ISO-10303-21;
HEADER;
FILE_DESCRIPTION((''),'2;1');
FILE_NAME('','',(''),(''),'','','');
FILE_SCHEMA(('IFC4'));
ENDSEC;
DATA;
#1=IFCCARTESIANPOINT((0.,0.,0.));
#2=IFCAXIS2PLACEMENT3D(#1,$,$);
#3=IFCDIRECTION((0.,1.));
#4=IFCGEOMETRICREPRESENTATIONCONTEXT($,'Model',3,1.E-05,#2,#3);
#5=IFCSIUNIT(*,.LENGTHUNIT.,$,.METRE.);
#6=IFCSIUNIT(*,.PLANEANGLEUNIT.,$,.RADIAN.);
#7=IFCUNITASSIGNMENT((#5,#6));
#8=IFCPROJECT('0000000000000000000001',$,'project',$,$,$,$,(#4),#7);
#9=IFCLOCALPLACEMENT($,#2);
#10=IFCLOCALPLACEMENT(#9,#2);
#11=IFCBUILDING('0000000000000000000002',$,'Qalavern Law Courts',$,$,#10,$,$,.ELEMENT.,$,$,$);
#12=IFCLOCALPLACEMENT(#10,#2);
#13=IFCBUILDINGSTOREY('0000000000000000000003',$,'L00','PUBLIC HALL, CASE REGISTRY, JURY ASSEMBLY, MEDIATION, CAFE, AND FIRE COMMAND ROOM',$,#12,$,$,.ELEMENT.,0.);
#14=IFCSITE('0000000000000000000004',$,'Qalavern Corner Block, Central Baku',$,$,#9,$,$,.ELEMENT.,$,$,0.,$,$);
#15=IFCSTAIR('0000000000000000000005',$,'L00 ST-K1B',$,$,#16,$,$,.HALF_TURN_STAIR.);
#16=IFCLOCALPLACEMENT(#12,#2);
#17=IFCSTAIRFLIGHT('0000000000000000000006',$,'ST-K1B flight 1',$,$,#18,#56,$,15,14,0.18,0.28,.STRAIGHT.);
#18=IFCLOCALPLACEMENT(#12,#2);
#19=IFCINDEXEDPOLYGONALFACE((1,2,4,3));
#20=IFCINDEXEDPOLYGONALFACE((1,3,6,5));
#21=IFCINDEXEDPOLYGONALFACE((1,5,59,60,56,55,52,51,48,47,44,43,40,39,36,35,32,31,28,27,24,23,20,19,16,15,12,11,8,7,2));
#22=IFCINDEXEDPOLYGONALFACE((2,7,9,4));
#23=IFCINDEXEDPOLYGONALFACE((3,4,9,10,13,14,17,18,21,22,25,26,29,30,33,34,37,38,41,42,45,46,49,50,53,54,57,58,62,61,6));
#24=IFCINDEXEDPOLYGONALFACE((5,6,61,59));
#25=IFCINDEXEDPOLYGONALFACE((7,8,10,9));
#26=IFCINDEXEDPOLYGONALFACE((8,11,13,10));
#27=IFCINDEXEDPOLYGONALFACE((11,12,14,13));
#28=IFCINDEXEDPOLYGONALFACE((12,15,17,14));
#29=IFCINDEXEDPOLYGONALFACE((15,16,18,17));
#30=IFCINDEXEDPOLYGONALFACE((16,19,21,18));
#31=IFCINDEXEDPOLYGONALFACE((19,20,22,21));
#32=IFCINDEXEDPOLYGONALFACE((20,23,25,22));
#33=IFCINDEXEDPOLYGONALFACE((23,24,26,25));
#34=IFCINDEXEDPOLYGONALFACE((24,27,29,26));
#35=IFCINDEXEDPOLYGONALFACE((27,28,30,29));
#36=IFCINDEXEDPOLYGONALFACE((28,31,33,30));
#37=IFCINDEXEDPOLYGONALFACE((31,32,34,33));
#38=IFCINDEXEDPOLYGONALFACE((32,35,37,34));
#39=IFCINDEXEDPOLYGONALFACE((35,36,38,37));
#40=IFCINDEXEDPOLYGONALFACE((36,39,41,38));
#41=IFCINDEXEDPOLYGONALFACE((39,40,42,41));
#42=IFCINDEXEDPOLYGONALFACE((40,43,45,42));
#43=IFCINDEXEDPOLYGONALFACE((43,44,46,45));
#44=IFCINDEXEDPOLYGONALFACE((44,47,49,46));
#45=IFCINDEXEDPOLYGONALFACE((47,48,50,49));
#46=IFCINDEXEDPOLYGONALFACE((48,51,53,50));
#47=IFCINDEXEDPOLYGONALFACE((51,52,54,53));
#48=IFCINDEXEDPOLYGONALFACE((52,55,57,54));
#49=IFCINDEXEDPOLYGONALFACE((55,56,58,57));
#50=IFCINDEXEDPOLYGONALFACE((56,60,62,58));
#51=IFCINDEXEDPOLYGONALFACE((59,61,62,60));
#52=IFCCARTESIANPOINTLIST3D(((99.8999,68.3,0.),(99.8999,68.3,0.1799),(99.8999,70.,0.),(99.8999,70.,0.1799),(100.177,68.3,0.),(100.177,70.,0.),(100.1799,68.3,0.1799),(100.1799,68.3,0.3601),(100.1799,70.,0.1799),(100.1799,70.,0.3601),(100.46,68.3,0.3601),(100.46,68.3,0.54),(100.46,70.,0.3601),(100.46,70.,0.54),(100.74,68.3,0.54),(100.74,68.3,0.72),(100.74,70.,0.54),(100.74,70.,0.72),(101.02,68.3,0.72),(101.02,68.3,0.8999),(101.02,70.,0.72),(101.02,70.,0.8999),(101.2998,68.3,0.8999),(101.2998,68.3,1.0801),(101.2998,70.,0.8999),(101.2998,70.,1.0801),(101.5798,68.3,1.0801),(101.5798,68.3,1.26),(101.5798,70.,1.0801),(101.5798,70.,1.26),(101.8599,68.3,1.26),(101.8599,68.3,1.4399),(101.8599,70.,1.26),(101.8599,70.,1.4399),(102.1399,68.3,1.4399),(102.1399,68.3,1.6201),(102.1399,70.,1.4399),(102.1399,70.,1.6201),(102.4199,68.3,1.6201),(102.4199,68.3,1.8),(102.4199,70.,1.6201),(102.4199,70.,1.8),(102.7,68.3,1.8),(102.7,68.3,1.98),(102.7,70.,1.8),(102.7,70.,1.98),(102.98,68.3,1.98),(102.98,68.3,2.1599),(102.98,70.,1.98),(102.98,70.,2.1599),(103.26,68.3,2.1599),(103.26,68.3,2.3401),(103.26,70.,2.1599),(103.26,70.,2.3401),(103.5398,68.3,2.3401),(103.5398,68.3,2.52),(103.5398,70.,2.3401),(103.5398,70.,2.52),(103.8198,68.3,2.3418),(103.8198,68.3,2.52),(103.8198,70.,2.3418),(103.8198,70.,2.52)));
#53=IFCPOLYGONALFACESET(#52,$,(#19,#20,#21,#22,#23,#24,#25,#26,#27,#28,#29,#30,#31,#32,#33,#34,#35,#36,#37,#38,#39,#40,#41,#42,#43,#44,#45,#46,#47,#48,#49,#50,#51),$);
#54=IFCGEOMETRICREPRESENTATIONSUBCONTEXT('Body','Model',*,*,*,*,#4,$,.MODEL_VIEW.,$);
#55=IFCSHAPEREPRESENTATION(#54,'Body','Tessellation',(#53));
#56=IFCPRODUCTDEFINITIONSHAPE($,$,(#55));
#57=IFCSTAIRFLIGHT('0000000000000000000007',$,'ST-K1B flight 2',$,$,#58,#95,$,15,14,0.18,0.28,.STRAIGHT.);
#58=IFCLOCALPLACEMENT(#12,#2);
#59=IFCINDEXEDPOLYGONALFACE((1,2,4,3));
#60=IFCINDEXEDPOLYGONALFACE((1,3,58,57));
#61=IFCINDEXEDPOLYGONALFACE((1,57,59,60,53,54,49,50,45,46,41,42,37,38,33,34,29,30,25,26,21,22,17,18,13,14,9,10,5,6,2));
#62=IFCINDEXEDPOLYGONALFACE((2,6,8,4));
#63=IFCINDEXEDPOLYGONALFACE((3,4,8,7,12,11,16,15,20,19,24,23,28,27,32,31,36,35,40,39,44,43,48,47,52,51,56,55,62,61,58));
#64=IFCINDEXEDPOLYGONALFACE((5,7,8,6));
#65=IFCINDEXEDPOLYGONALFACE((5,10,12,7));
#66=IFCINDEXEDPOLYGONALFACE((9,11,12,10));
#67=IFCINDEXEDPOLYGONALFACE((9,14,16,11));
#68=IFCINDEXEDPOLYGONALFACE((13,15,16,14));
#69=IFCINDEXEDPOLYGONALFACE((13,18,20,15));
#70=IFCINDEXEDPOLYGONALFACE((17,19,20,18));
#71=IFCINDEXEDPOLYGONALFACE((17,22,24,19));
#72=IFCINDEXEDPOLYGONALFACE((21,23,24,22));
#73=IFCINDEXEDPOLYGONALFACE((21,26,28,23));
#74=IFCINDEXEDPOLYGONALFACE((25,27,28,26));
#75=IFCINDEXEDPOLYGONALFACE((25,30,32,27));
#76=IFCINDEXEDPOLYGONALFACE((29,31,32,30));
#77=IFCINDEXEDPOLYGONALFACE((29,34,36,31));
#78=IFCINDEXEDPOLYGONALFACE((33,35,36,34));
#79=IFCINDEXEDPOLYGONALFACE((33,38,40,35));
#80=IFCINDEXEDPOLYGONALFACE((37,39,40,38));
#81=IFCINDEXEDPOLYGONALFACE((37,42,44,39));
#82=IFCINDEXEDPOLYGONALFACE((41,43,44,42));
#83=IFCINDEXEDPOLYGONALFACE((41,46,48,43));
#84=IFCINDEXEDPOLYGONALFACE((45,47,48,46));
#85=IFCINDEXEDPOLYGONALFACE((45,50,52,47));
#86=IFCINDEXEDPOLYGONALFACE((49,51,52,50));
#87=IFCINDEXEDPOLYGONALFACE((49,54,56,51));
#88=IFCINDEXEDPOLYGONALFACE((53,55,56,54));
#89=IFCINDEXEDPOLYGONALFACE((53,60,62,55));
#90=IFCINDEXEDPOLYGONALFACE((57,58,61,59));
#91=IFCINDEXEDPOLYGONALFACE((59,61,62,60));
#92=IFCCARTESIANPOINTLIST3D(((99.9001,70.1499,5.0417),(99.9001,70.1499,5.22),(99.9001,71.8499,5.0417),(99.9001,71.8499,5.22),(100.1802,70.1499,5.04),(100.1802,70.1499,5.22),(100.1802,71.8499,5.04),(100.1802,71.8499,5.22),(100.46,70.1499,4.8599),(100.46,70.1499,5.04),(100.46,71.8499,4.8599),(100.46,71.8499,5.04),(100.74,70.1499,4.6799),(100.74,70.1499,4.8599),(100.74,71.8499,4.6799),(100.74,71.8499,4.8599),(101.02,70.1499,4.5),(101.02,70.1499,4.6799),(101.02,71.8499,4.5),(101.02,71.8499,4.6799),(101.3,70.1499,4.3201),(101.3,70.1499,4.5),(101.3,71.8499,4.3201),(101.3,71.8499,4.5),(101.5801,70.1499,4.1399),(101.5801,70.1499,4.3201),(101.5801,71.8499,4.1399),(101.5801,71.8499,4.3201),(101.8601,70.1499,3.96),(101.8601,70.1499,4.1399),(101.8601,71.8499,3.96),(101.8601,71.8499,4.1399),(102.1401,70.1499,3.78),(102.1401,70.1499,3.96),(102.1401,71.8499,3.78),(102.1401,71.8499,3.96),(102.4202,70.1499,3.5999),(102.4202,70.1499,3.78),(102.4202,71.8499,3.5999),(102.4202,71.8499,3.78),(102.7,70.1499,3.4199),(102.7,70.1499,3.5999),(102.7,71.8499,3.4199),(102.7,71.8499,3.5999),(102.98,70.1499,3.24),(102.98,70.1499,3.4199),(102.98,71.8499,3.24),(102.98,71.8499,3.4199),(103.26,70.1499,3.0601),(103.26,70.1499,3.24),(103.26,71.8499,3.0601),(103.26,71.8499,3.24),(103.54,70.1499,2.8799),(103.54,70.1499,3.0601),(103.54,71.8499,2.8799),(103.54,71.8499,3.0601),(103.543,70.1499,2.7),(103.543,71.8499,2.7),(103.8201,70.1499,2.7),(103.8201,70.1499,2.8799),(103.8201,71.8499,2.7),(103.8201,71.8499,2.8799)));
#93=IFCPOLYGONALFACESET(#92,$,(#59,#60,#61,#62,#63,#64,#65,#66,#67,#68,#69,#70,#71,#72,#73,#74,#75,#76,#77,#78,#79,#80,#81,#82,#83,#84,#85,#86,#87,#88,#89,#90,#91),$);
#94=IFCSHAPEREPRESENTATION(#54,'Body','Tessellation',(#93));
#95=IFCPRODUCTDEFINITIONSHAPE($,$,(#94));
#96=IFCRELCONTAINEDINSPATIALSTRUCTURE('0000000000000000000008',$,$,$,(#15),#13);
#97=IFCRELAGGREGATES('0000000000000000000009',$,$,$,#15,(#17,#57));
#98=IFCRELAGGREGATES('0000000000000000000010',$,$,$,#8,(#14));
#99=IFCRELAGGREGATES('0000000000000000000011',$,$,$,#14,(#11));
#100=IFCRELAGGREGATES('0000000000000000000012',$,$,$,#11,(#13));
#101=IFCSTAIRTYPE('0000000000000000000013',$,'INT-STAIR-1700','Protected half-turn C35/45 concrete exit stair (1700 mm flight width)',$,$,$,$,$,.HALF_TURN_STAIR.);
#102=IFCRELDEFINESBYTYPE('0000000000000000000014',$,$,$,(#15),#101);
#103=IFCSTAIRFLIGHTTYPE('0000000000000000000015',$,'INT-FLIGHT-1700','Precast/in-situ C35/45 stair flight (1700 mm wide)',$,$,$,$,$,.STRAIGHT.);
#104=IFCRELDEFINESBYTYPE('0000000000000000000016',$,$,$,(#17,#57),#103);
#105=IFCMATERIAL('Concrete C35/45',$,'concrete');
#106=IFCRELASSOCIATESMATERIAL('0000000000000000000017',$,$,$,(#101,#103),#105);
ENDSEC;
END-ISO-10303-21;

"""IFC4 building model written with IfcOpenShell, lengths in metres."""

from ifc_helpers import new_model, si_unit, direction, frame, origin, place, context, subcontext, project, spatial, polyline, outline, extrude, material, type_object, element, aggregate, save


model = new_model("IFC4")

# Units and contexts
model_context = context("Model", 3, precision=1e-05, world=origin(), true_north=direction((0.0, 1.0)))
body_context = subcontext(model_context, "Body", "Model", "MODEL_VIEW")
ifc_project = project(units=[si_unit("LENGTHUNIT", "METRE"), si_unit("PLANEANGLEUNIT", "RADIAN")], contexts=[model_context])

# Site, building, storey
site_placement = place(None, origin())
site = spatial("IfcSite", under=ifc_project, at=site_placement, Name="Qalavern Corner Block, Central Baku", CompositionType="ELEMENT", RefElevation=0.0)
building_placement = place(site_placement, origin())
building = spatial("IfcBuilding", under=site, at=building_placement, Name="Qalavern Law Courts", CompositionType="ELEMENT")
storey_placement = place(building_placement, origin())
storey = spatial("IfcBuildingStorey", under=building, at=storey_placement, Name="L00", Description="PUBLIC HALL, CASE REGISTRY, JURY ASSEMBLY, MEDIATION, CAFE, AND FIRE COMMAND ROOM", CompositionType="ELEMENT", Elevation=0.0)

# Shared definitions
ifc_material_1 = material(Name="Concrete C35/45", Category="concrete")

# Stair, stair flights
stair_type = type_object("IfcStairType", Name="INT-STAIR-1700", Description="Protected half-turn C35/45 concrete exit stair (1700 mm flight width)", PredefinedType="HALF_TURN_STAIR", material=ifc_material_1)
stair_placement = place(storey_placement, origin())
stair = element("IfcStair", 1, at=stair_placement, inside=storey, type_object=stair_type, Name="L00 ST-K1B", PredefinedType="HALF_TURN_STAIR")
stair_flight_type = type_object("IfcStairFlightType", Name="INT-FLIGHT-1700", Description="Precast/in-situ C35/45 stair flight (1700 mm wide)", PredefinedType="STRAIGHT", material=ifc_material_1)
stair_flight_1_placement = place(storey_placement, frame((99.8999, 69.1499, 0.0), z_axis=(0.0, 0.0, 1.0), x_axis=(1.0, 0.0, 0.0)))
stair_flight_1 = element("IfcStairFlight", 2, at=stair_flight_1_placement, type_object=stair_flight_type, Name="ST-K1B flight 1", NumberOfRisers=15, NumberOfTreads=14, PredefinedType="STRAIGHT", RiserHeight=0.18, TreadLength=0.28, context=body_context, shape_type="SweptSolid", body=[
    extrude(outline(polyline([(0.0, 0.0), (0.0, 0.1799), (0.28, 0.1799), (0.28, 0.3601), (0.5601, 0.3601), (0.5601, 0.54), (0.8401, 0.54), (0.8401, 0.72), (1.1201, 0.72), (1.1201, 0.8999), (1.3999, 0.8999), (1.3999, 1.0801), (1.6799, 1.0801), (1.6799, 1.26), (1.96, 1.26), (1.96, 1.4399), (2.24, 1.4399), (2.24, 1.6201), (2.52, 1.6201), (2.52, 1.8), (2.8, 1.8), (2.8, 1.98), (3.0801, 1.98), (3.0801, 2.1599), (3.3601, 2.1599), (3.3601, 2.3401), (3.6399, 2.3401), (3.6399, 2.52), (3.9199, 2.52), (3.9199, 2.7), (3.9199, 2.3418), (0.2771, 0.0), (0.0, 0.0)])), frame((0.0, 0.8501, 0.0), z_axis=(0.0, -1.0, 0.0), x_axis=(1.0, 0.0, 0.0)), (0.0, 0.0, 1.0), 1.7),
])
stair_flight_2_placement = place(storey_placement, frame((103.8201, 71.0, 2.7), z_axis=(0.0, 0.0, 1.0), x_axis=(-1.0, 0.0, 0.0)))
stair_flight_2 = element("IfcStairFlight", 3, at=stair_flight_2_placement, type_object=stair_flight_type, Name="ST-K1B flight 2", NumberOfRisers=15, NumberOfTreads=14, PredefinedType="STRAIGHT", RiserHeight=0.18, TreadLength=0.28, context=body_context, shape_type="SweptSolid", body=[
    extrude(outline(polyline([(0.0, 0.0), (0.0, 0.1799), (0.28, 0.1799), (0.28, 0.3601), (0.5601, 0.3601), (0.5601, 0.54), (0.8401, 0.54), (0.8401, 0.72), (1.1201, 0.72), (1.1201, 0.8999), (1.3999, 0.8999), (1.3999, 1.0801), (1.6799, 1.0801), (1.6799, 1.26), (1.96, 1.26), (1.96, 1.4399), (2.24, 1.4399), (2.24, 1.6201), (2.52, 1.6201), (2.52, 1.8), (2.8, 1.8), (2.8, 1.98), (3.0801, 1.98), (3.0801, 2.1599), (3.3601, 2.1599), (3.3601, 2.3401), (3.6399, 2.3401), (3.6399, 2.52), (3.9199, 2.52), (3.9199, 2.7), (3.9199, 2.3418), (0.2771, 0.0), (0.0, 0.0)])), frame((0.0, 0.8501, 0.0), z_axis=(0.0, -1.0, 0.0), x_axis=(1.0, 0.0, 0.0)), (0.0, 0.0, 1.0), 1.7),
])
aggregate(stair, [stair_flight_1, stair_flight_2])

save(model, "model.ifc")
